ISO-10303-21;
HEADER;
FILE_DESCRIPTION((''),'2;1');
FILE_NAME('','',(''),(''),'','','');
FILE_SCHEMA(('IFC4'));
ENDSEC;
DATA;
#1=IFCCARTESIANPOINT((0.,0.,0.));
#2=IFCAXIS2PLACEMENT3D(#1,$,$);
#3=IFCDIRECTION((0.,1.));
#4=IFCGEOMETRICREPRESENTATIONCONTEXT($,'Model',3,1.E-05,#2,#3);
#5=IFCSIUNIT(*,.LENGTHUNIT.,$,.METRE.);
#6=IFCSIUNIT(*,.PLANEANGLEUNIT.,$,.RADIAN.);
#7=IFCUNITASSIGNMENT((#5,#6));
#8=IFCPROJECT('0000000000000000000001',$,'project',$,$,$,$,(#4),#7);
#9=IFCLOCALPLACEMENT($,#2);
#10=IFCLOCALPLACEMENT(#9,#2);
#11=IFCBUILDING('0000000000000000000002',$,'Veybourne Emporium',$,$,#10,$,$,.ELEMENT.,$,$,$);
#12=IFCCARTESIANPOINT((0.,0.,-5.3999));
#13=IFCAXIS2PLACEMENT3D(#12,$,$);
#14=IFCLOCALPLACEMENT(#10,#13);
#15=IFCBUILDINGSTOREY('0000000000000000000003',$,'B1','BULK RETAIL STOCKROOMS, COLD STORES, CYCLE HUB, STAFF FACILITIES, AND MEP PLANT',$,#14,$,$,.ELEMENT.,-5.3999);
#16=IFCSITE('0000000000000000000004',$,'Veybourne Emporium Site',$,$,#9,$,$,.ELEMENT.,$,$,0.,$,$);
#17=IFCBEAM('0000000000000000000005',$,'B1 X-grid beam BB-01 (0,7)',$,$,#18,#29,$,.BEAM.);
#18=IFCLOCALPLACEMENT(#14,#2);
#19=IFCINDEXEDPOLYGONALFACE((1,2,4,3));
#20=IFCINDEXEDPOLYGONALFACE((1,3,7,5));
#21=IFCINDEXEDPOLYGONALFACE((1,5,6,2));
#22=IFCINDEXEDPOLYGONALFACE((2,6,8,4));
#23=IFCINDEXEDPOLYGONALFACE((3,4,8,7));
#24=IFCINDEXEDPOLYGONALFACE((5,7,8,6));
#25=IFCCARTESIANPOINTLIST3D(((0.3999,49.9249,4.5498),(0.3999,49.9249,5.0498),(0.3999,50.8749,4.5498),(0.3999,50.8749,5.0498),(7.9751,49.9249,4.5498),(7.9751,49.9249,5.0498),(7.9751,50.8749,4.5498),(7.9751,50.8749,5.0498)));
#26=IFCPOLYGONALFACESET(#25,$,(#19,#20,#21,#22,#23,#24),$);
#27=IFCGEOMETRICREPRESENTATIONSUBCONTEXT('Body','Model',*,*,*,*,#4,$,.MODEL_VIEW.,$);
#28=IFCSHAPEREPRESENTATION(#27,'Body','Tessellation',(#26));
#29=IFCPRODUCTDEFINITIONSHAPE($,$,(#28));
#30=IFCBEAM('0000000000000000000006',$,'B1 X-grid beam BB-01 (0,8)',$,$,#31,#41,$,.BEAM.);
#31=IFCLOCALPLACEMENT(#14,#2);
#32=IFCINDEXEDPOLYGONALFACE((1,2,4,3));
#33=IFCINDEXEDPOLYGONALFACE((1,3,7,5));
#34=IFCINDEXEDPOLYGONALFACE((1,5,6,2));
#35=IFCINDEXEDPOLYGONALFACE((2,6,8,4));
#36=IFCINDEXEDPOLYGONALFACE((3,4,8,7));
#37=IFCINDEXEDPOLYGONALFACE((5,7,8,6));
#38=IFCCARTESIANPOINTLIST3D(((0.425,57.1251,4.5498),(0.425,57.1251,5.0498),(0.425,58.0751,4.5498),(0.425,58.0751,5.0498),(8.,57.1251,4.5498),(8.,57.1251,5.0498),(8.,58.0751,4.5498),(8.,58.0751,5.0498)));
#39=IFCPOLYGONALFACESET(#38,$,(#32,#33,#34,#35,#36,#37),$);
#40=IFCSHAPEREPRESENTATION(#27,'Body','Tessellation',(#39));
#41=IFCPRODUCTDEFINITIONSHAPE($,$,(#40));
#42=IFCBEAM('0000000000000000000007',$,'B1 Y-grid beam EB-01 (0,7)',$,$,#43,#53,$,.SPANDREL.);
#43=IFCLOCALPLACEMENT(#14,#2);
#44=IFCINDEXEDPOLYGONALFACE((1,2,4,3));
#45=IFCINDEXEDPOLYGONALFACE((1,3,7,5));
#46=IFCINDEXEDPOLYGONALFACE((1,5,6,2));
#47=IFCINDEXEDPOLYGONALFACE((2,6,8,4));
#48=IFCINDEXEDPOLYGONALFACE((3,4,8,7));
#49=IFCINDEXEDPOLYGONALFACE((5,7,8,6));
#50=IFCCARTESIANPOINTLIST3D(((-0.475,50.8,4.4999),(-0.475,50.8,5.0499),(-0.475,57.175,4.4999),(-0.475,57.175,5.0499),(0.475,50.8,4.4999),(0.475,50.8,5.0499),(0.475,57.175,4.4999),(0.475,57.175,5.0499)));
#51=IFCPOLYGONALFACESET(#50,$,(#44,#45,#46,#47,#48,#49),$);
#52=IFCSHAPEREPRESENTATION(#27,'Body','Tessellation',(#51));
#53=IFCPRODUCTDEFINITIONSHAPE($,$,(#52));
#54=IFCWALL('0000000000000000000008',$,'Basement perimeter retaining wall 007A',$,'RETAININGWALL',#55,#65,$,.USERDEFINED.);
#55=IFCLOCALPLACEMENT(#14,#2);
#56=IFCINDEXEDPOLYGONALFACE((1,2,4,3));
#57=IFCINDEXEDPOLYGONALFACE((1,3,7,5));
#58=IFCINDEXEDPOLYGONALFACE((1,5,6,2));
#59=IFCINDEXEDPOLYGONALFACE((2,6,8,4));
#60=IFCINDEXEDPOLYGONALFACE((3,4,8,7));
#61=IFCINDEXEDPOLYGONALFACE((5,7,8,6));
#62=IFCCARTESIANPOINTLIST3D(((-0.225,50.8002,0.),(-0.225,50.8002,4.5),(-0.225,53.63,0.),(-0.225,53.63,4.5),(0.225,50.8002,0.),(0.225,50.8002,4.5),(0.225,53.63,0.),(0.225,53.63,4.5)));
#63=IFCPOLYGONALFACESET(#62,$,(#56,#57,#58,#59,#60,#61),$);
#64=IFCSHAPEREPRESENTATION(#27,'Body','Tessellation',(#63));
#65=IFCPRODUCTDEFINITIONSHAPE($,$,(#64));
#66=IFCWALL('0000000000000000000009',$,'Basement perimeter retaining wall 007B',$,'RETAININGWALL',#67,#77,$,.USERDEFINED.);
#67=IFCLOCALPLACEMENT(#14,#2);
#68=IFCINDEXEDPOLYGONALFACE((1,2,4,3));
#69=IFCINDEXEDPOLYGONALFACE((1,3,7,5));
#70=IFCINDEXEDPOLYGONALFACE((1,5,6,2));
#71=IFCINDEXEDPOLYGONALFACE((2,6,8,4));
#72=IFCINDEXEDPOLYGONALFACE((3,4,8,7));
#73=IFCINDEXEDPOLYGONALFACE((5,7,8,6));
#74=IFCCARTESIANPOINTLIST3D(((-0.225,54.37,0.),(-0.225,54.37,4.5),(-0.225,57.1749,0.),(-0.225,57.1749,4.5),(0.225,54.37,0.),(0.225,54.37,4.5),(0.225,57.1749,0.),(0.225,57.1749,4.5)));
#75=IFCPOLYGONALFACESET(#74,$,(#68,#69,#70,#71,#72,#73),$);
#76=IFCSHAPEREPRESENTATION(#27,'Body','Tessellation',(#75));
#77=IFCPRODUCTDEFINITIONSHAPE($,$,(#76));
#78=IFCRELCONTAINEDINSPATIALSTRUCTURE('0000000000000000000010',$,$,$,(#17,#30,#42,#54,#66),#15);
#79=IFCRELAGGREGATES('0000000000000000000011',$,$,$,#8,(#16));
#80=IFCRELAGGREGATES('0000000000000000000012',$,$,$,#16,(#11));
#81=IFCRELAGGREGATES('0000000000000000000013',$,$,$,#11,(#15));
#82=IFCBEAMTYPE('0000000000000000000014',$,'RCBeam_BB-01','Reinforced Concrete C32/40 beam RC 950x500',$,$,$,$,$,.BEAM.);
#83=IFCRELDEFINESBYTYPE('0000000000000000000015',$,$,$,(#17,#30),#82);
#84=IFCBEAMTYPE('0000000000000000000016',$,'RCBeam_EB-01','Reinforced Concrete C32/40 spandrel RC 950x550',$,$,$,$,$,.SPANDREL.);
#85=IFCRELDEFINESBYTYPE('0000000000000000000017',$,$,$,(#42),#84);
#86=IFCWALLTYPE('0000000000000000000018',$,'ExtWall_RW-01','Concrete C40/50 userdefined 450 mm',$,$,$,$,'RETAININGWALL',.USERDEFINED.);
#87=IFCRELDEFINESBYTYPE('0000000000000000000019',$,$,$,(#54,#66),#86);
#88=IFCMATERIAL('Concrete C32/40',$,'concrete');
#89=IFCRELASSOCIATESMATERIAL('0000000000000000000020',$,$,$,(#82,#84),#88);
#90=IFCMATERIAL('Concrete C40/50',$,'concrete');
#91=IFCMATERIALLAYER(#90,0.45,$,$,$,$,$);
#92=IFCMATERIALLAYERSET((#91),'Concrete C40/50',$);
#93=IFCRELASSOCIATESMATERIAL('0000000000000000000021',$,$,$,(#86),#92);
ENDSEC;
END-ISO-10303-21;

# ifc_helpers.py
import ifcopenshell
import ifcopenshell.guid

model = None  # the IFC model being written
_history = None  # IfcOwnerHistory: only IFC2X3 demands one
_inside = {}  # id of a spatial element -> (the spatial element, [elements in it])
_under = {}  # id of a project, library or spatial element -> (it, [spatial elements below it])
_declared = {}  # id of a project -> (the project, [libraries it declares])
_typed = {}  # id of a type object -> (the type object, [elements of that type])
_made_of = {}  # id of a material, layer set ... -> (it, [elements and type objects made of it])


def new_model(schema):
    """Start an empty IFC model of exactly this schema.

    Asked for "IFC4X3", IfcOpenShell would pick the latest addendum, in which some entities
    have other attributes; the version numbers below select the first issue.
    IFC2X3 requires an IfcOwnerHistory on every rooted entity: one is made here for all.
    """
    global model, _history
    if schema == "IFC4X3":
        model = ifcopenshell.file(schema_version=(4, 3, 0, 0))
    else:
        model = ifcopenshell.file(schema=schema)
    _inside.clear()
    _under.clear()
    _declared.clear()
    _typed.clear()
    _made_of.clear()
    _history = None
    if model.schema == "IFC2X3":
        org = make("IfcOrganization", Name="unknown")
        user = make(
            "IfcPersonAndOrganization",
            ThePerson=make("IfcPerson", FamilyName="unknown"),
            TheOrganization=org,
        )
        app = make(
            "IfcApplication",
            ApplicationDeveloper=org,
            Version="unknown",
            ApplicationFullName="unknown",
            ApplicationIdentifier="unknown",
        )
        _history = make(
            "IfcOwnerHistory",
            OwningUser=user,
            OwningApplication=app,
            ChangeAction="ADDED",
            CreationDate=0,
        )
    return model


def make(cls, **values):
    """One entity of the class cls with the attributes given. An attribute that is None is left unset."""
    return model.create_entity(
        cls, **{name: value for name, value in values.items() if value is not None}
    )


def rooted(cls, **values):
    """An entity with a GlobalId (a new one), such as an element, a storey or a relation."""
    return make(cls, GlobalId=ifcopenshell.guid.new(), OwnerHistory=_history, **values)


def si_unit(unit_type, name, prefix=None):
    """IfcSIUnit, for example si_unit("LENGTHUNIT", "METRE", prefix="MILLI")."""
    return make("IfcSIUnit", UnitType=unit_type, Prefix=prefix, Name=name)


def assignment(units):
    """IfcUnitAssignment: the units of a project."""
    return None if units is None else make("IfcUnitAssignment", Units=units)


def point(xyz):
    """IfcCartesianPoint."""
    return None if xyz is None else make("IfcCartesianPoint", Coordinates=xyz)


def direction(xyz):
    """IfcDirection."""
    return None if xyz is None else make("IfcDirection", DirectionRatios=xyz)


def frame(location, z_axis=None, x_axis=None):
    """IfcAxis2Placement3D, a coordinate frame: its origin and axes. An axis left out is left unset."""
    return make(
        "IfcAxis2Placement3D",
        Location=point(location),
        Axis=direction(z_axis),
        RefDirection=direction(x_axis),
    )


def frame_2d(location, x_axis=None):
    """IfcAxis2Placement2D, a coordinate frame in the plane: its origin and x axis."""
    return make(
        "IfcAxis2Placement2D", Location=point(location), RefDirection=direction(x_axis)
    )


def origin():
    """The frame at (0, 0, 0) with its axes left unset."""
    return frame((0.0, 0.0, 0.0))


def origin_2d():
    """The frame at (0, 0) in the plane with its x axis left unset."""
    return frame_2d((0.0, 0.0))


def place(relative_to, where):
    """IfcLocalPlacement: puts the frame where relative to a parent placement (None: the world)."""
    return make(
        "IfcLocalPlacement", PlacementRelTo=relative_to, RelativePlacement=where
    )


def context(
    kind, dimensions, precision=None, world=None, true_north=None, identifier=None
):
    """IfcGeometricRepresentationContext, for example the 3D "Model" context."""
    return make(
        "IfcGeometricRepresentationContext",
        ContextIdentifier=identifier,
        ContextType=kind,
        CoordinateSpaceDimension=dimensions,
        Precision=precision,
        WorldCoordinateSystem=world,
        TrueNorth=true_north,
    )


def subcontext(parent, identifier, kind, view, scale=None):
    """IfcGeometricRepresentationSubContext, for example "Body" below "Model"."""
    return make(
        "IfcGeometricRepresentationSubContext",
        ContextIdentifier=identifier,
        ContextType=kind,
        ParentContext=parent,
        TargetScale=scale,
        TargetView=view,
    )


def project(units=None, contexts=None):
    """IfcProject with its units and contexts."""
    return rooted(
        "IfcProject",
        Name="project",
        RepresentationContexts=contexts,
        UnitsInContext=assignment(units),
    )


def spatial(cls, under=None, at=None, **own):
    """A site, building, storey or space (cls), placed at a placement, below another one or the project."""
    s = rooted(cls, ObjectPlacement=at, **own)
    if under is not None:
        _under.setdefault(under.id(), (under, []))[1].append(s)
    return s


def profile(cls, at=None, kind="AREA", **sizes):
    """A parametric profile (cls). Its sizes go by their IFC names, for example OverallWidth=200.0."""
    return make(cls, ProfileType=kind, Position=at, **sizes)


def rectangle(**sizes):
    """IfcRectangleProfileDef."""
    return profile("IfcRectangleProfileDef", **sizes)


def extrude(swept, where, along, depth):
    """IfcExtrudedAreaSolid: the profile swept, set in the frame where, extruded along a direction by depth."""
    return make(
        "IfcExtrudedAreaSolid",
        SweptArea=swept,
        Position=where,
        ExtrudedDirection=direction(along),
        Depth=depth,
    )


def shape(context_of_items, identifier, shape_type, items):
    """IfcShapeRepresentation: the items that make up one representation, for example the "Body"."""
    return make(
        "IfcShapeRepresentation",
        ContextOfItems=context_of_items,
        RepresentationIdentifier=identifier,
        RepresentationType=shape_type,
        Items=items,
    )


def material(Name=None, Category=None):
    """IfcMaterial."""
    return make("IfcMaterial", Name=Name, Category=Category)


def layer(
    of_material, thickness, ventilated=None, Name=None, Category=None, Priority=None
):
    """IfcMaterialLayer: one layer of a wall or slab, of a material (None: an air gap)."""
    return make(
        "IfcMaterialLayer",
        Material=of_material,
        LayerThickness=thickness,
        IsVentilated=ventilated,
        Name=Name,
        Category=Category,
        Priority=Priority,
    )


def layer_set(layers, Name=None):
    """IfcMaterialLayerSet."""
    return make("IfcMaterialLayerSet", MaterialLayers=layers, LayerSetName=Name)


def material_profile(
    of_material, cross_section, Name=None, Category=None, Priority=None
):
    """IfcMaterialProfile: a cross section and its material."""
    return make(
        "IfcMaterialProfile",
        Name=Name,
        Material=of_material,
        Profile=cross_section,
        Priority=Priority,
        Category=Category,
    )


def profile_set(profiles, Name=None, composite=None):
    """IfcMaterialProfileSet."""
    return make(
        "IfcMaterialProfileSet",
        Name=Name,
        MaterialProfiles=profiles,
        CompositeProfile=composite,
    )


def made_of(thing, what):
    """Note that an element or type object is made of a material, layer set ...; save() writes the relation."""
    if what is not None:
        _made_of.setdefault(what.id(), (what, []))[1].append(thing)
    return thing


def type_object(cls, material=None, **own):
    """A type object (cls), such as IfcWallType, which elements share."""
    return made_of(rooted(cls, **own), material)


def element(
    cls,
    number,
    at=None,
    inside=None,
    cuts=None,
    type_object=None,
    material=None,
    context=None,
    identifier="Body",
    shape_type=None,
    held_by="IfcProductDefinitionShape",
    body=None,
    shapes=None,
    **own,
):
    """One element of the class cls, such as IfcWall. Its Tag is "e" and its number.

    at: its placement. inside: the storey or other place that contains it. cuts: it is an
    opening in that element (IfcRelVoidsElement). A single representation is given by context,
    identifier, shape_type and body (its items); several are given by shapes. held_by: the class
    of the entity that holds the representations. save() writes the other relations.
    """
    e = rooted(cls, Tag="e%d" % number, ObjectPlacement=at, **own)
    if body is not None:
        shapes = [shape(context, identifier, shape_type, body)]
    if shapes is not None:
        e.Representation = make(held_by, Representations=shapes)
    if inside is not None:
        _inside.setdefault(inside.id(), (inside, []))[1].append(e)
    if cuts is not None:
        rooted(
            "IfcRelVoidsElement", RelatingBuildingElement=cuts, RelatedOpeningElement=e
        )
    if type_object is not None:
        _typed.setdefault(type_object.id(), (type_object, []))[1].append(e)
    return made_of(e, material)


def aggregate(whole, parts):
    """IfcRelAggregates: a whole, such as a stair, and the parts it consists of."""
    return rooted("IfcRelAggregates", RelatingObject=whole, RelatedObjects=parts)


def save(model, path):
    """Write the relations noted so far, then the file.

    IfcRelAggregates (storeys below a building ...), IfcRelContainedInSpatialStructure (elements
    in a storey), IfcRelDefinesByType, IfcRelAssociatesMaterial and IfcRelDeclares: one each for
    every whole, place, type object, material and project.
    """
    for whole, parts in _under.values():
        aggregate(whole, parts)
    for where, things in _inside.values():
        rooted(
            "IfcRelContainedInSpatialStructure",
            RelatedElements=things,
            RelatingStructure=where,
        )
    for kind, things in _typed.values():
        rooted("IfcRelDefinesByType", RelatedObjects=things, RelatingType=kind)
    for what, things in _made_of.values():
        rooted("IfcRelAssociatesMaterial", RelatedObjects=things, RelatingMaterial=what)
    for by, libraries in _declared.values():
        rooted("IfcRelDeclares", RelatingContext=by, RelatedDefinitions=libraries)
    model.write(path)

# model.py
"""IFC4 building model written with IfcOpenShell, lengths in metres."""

from ifc_helpers import new_model, si_unit, direction, frame, frame_2d, origin, origin_2d, place, context, subcontext, project, spatial, rectangle, extrude, material, layer, layer_set, material_profile, profile_set, type_object, element, save


model = new_model("IFC4")

# Units and contexts
model_context = context("Model", 3, precision=1e-05, world=origin(), true_north=direction((0.0, 1.0)))
body_context = subcontext(model_context, "Body", "Model", "MODEL_VIEW")
ifc_project = project(units=[si_unit("LENGTHUNIT", "METRE"), si_unit("PLANEANGLEUNIT", "RADIAN")], contexts=[model_context])

# Site, building, storey
site_placement = place(None, origin())
site = spatial("IfcSite", under=ifc_project, at=site_placement, Name="Veybourne Emporium Site", CompositionType="ELEMENT", RefElevation=0.0)
building_placement = place(site_placement, origin())
building = spatial("IfcBuilding", under=site, at=building_placement, Name="Veybourne Emporium", CompositionType="ELEMENT")
storey_placement = place(building_placement, frame((0.0, 0.0, -5.3999)))
storey = spatial("IfcBuildingStorey", under=building, at=storey_placement, Name="B1", Description="BULK RETAIL STOCKROOMS, COLD STORES, CYCLE HUB, STAFF FACILITIES, AND MEP PLANT", CompositionType="ELEMENT", Elevation=-5.3999)

# Shared definitions
ifc_material_1 = material(Name="Concrete C40/50", Category="concrete")

# Beams
ifc_material_2 = material(Name="Concrete C32/40", Category="concrete")
ifc_material_profile_1 = material_profile(ifc_material_2, rectangle(XDim=0.95, YDim=0.5, at=origin_2d()), Name="RC 950x500")
ifc_profile_set_1 = profile_set([ifc_material_profile_1], Name="Concrete C32/40")
beam_type_1 = type_object("IfcBeamType", Name="RCBeam_BB-01", Description="Reinforced Concrete C32/40 beam RC 950x500", PredefinedType="BEAM", material=ifc_profile_set_1)
beam_1_placement = place(storey_placement, frame((0.3999, 50.3999, 4.7998), z_axis=(1.0, 0.0, 0.0), x_axis=(0.0, 1.0, 0.0)))
element("IfcBeam", 1, at=beam_1_placement, inside=storey, type_object=beam_type_1, Name="B1 X-grid beam BB-01 (0,7)", PredefinedType="BEAM", context=body_context, shape_type="SweptSolid", body=[
    extrude(rectangle(XDim=0.95, YDim=0.5, at=origin_2d()), origin(), (0.0, 0.0, 1.0), 7.5752),
])
beam_2_placement = place(storey_placement, frame((0.425, 57.6001, 4.7998), z_axis=(1.0, 0.0, 0.0), x_axis=(0.0, 1.0, 0.0)))
element("IfcBeam", 2, at=beam_2_placement, inside=storey, type_object=beam_type_1, Name="B1 X-grid beam BB-01 (0,8)", PredefinedType="BEAM", context=body_context, shape_type="SweptSolid", body=[
    extrude(rectangle(XDim=0.95, YDim=0.5, at=origin_2d()), origin(), (0.0, 0.0, 1.0), 7.575),
])
ifc_material_profile_2 = material_profile(ifc_material_2, rectangle(XDim=0.95, YDim=0.55, at=origin_2d()), Name="RC 950x550")
ifc_profile_set_2 = profile_set([ifc_material_profile_2], Name="Concrete C32/40")
beam_type_2 = type_object("IfcBeamType", Name="RCBeam_EB-01", Description="Reinforced Concrete C32/40 spandrel RC 950x550", PredefinedType="SPANDREL", material=ifc_profile_set_2)
beam_3_placement = place(storey_placement, frame((0.0, 50.8, 4.7749), z_axis=(0.0, 1.0, 0.0), x_axis=(-1.0, 0.0, 0.0)))
element("IfcBeam", 3, at=beam_3_placement, inside=storey, type_object=beam_type_2, Name="B1 Y-grid beam EB-01 (0,7)", PredefinedType="SPANDREL", context=body_context, shape_type="SweptSolid", body=[
    extrude(rectangle(XDim=0.95, YDim=0.55, at=origin_2d()), origin(), (0.0, 0.0, 1.0), 6.375),
])

# Walls
ifc_layer = layer(ifc_material_1, 0.45)
ifc_layer_set = layer_set([ifc_layer], Name="Concrete C40/50")
wall_type = type_object("IfcWallType", Name="ExtWall_RW-01", Description="Concrete C40/50 userdefined 450 mm", ElementType="RETAININGWALL", PredefinedType="USERDEFINED", material=ifc_layer_set)
wall_1_placement = place(storey_placement, frame((0.0, 50.8, 0.0), z_axis=(0.0, 0.0, 1.0), x_axis=(0.0, 1.0, 0.0)))
element("IfcWall", 4, at=wall_1_placement, inside=storey, type_object=wall_type, Name="Basement perimeter retaining wall 007A", ObjectType="RETAININGWALL", PredefinedType="USERDEFINED", context=body_context, shape_type="SweptSolid", body=[
    extrude(rectangle(XDim=2.8298, YDim=0.45, at=frame_2d((1.415, 0.0))), origin(), (0.0, 0.0, 1.0), 4.5),
])
wall_2_placement = place(storey_placement, frame((0.0, 54.3701, 0.0), z_axis=(0.0, 0.0, 1.0), x_axis=(0.0, 1.0, 0.0)))
element("IfcWall", 5, at=wall_2_placement, inside=storey, type_object=wall_type, Name="Basement perimeter retaining wall 007B", ObjectType="RETAININGWALL", PredefinedType="USERDEFINED", context=body_context, shape_type="SweptSolid", body=[
    extrude(rectangle(XDim=2.8049, YDim=0.45, at=frame_2d((1.4023, 0.0))), origin(), (0.0, 0.0, 1.0), 4.5),
])

save(model, "model.ifc")
